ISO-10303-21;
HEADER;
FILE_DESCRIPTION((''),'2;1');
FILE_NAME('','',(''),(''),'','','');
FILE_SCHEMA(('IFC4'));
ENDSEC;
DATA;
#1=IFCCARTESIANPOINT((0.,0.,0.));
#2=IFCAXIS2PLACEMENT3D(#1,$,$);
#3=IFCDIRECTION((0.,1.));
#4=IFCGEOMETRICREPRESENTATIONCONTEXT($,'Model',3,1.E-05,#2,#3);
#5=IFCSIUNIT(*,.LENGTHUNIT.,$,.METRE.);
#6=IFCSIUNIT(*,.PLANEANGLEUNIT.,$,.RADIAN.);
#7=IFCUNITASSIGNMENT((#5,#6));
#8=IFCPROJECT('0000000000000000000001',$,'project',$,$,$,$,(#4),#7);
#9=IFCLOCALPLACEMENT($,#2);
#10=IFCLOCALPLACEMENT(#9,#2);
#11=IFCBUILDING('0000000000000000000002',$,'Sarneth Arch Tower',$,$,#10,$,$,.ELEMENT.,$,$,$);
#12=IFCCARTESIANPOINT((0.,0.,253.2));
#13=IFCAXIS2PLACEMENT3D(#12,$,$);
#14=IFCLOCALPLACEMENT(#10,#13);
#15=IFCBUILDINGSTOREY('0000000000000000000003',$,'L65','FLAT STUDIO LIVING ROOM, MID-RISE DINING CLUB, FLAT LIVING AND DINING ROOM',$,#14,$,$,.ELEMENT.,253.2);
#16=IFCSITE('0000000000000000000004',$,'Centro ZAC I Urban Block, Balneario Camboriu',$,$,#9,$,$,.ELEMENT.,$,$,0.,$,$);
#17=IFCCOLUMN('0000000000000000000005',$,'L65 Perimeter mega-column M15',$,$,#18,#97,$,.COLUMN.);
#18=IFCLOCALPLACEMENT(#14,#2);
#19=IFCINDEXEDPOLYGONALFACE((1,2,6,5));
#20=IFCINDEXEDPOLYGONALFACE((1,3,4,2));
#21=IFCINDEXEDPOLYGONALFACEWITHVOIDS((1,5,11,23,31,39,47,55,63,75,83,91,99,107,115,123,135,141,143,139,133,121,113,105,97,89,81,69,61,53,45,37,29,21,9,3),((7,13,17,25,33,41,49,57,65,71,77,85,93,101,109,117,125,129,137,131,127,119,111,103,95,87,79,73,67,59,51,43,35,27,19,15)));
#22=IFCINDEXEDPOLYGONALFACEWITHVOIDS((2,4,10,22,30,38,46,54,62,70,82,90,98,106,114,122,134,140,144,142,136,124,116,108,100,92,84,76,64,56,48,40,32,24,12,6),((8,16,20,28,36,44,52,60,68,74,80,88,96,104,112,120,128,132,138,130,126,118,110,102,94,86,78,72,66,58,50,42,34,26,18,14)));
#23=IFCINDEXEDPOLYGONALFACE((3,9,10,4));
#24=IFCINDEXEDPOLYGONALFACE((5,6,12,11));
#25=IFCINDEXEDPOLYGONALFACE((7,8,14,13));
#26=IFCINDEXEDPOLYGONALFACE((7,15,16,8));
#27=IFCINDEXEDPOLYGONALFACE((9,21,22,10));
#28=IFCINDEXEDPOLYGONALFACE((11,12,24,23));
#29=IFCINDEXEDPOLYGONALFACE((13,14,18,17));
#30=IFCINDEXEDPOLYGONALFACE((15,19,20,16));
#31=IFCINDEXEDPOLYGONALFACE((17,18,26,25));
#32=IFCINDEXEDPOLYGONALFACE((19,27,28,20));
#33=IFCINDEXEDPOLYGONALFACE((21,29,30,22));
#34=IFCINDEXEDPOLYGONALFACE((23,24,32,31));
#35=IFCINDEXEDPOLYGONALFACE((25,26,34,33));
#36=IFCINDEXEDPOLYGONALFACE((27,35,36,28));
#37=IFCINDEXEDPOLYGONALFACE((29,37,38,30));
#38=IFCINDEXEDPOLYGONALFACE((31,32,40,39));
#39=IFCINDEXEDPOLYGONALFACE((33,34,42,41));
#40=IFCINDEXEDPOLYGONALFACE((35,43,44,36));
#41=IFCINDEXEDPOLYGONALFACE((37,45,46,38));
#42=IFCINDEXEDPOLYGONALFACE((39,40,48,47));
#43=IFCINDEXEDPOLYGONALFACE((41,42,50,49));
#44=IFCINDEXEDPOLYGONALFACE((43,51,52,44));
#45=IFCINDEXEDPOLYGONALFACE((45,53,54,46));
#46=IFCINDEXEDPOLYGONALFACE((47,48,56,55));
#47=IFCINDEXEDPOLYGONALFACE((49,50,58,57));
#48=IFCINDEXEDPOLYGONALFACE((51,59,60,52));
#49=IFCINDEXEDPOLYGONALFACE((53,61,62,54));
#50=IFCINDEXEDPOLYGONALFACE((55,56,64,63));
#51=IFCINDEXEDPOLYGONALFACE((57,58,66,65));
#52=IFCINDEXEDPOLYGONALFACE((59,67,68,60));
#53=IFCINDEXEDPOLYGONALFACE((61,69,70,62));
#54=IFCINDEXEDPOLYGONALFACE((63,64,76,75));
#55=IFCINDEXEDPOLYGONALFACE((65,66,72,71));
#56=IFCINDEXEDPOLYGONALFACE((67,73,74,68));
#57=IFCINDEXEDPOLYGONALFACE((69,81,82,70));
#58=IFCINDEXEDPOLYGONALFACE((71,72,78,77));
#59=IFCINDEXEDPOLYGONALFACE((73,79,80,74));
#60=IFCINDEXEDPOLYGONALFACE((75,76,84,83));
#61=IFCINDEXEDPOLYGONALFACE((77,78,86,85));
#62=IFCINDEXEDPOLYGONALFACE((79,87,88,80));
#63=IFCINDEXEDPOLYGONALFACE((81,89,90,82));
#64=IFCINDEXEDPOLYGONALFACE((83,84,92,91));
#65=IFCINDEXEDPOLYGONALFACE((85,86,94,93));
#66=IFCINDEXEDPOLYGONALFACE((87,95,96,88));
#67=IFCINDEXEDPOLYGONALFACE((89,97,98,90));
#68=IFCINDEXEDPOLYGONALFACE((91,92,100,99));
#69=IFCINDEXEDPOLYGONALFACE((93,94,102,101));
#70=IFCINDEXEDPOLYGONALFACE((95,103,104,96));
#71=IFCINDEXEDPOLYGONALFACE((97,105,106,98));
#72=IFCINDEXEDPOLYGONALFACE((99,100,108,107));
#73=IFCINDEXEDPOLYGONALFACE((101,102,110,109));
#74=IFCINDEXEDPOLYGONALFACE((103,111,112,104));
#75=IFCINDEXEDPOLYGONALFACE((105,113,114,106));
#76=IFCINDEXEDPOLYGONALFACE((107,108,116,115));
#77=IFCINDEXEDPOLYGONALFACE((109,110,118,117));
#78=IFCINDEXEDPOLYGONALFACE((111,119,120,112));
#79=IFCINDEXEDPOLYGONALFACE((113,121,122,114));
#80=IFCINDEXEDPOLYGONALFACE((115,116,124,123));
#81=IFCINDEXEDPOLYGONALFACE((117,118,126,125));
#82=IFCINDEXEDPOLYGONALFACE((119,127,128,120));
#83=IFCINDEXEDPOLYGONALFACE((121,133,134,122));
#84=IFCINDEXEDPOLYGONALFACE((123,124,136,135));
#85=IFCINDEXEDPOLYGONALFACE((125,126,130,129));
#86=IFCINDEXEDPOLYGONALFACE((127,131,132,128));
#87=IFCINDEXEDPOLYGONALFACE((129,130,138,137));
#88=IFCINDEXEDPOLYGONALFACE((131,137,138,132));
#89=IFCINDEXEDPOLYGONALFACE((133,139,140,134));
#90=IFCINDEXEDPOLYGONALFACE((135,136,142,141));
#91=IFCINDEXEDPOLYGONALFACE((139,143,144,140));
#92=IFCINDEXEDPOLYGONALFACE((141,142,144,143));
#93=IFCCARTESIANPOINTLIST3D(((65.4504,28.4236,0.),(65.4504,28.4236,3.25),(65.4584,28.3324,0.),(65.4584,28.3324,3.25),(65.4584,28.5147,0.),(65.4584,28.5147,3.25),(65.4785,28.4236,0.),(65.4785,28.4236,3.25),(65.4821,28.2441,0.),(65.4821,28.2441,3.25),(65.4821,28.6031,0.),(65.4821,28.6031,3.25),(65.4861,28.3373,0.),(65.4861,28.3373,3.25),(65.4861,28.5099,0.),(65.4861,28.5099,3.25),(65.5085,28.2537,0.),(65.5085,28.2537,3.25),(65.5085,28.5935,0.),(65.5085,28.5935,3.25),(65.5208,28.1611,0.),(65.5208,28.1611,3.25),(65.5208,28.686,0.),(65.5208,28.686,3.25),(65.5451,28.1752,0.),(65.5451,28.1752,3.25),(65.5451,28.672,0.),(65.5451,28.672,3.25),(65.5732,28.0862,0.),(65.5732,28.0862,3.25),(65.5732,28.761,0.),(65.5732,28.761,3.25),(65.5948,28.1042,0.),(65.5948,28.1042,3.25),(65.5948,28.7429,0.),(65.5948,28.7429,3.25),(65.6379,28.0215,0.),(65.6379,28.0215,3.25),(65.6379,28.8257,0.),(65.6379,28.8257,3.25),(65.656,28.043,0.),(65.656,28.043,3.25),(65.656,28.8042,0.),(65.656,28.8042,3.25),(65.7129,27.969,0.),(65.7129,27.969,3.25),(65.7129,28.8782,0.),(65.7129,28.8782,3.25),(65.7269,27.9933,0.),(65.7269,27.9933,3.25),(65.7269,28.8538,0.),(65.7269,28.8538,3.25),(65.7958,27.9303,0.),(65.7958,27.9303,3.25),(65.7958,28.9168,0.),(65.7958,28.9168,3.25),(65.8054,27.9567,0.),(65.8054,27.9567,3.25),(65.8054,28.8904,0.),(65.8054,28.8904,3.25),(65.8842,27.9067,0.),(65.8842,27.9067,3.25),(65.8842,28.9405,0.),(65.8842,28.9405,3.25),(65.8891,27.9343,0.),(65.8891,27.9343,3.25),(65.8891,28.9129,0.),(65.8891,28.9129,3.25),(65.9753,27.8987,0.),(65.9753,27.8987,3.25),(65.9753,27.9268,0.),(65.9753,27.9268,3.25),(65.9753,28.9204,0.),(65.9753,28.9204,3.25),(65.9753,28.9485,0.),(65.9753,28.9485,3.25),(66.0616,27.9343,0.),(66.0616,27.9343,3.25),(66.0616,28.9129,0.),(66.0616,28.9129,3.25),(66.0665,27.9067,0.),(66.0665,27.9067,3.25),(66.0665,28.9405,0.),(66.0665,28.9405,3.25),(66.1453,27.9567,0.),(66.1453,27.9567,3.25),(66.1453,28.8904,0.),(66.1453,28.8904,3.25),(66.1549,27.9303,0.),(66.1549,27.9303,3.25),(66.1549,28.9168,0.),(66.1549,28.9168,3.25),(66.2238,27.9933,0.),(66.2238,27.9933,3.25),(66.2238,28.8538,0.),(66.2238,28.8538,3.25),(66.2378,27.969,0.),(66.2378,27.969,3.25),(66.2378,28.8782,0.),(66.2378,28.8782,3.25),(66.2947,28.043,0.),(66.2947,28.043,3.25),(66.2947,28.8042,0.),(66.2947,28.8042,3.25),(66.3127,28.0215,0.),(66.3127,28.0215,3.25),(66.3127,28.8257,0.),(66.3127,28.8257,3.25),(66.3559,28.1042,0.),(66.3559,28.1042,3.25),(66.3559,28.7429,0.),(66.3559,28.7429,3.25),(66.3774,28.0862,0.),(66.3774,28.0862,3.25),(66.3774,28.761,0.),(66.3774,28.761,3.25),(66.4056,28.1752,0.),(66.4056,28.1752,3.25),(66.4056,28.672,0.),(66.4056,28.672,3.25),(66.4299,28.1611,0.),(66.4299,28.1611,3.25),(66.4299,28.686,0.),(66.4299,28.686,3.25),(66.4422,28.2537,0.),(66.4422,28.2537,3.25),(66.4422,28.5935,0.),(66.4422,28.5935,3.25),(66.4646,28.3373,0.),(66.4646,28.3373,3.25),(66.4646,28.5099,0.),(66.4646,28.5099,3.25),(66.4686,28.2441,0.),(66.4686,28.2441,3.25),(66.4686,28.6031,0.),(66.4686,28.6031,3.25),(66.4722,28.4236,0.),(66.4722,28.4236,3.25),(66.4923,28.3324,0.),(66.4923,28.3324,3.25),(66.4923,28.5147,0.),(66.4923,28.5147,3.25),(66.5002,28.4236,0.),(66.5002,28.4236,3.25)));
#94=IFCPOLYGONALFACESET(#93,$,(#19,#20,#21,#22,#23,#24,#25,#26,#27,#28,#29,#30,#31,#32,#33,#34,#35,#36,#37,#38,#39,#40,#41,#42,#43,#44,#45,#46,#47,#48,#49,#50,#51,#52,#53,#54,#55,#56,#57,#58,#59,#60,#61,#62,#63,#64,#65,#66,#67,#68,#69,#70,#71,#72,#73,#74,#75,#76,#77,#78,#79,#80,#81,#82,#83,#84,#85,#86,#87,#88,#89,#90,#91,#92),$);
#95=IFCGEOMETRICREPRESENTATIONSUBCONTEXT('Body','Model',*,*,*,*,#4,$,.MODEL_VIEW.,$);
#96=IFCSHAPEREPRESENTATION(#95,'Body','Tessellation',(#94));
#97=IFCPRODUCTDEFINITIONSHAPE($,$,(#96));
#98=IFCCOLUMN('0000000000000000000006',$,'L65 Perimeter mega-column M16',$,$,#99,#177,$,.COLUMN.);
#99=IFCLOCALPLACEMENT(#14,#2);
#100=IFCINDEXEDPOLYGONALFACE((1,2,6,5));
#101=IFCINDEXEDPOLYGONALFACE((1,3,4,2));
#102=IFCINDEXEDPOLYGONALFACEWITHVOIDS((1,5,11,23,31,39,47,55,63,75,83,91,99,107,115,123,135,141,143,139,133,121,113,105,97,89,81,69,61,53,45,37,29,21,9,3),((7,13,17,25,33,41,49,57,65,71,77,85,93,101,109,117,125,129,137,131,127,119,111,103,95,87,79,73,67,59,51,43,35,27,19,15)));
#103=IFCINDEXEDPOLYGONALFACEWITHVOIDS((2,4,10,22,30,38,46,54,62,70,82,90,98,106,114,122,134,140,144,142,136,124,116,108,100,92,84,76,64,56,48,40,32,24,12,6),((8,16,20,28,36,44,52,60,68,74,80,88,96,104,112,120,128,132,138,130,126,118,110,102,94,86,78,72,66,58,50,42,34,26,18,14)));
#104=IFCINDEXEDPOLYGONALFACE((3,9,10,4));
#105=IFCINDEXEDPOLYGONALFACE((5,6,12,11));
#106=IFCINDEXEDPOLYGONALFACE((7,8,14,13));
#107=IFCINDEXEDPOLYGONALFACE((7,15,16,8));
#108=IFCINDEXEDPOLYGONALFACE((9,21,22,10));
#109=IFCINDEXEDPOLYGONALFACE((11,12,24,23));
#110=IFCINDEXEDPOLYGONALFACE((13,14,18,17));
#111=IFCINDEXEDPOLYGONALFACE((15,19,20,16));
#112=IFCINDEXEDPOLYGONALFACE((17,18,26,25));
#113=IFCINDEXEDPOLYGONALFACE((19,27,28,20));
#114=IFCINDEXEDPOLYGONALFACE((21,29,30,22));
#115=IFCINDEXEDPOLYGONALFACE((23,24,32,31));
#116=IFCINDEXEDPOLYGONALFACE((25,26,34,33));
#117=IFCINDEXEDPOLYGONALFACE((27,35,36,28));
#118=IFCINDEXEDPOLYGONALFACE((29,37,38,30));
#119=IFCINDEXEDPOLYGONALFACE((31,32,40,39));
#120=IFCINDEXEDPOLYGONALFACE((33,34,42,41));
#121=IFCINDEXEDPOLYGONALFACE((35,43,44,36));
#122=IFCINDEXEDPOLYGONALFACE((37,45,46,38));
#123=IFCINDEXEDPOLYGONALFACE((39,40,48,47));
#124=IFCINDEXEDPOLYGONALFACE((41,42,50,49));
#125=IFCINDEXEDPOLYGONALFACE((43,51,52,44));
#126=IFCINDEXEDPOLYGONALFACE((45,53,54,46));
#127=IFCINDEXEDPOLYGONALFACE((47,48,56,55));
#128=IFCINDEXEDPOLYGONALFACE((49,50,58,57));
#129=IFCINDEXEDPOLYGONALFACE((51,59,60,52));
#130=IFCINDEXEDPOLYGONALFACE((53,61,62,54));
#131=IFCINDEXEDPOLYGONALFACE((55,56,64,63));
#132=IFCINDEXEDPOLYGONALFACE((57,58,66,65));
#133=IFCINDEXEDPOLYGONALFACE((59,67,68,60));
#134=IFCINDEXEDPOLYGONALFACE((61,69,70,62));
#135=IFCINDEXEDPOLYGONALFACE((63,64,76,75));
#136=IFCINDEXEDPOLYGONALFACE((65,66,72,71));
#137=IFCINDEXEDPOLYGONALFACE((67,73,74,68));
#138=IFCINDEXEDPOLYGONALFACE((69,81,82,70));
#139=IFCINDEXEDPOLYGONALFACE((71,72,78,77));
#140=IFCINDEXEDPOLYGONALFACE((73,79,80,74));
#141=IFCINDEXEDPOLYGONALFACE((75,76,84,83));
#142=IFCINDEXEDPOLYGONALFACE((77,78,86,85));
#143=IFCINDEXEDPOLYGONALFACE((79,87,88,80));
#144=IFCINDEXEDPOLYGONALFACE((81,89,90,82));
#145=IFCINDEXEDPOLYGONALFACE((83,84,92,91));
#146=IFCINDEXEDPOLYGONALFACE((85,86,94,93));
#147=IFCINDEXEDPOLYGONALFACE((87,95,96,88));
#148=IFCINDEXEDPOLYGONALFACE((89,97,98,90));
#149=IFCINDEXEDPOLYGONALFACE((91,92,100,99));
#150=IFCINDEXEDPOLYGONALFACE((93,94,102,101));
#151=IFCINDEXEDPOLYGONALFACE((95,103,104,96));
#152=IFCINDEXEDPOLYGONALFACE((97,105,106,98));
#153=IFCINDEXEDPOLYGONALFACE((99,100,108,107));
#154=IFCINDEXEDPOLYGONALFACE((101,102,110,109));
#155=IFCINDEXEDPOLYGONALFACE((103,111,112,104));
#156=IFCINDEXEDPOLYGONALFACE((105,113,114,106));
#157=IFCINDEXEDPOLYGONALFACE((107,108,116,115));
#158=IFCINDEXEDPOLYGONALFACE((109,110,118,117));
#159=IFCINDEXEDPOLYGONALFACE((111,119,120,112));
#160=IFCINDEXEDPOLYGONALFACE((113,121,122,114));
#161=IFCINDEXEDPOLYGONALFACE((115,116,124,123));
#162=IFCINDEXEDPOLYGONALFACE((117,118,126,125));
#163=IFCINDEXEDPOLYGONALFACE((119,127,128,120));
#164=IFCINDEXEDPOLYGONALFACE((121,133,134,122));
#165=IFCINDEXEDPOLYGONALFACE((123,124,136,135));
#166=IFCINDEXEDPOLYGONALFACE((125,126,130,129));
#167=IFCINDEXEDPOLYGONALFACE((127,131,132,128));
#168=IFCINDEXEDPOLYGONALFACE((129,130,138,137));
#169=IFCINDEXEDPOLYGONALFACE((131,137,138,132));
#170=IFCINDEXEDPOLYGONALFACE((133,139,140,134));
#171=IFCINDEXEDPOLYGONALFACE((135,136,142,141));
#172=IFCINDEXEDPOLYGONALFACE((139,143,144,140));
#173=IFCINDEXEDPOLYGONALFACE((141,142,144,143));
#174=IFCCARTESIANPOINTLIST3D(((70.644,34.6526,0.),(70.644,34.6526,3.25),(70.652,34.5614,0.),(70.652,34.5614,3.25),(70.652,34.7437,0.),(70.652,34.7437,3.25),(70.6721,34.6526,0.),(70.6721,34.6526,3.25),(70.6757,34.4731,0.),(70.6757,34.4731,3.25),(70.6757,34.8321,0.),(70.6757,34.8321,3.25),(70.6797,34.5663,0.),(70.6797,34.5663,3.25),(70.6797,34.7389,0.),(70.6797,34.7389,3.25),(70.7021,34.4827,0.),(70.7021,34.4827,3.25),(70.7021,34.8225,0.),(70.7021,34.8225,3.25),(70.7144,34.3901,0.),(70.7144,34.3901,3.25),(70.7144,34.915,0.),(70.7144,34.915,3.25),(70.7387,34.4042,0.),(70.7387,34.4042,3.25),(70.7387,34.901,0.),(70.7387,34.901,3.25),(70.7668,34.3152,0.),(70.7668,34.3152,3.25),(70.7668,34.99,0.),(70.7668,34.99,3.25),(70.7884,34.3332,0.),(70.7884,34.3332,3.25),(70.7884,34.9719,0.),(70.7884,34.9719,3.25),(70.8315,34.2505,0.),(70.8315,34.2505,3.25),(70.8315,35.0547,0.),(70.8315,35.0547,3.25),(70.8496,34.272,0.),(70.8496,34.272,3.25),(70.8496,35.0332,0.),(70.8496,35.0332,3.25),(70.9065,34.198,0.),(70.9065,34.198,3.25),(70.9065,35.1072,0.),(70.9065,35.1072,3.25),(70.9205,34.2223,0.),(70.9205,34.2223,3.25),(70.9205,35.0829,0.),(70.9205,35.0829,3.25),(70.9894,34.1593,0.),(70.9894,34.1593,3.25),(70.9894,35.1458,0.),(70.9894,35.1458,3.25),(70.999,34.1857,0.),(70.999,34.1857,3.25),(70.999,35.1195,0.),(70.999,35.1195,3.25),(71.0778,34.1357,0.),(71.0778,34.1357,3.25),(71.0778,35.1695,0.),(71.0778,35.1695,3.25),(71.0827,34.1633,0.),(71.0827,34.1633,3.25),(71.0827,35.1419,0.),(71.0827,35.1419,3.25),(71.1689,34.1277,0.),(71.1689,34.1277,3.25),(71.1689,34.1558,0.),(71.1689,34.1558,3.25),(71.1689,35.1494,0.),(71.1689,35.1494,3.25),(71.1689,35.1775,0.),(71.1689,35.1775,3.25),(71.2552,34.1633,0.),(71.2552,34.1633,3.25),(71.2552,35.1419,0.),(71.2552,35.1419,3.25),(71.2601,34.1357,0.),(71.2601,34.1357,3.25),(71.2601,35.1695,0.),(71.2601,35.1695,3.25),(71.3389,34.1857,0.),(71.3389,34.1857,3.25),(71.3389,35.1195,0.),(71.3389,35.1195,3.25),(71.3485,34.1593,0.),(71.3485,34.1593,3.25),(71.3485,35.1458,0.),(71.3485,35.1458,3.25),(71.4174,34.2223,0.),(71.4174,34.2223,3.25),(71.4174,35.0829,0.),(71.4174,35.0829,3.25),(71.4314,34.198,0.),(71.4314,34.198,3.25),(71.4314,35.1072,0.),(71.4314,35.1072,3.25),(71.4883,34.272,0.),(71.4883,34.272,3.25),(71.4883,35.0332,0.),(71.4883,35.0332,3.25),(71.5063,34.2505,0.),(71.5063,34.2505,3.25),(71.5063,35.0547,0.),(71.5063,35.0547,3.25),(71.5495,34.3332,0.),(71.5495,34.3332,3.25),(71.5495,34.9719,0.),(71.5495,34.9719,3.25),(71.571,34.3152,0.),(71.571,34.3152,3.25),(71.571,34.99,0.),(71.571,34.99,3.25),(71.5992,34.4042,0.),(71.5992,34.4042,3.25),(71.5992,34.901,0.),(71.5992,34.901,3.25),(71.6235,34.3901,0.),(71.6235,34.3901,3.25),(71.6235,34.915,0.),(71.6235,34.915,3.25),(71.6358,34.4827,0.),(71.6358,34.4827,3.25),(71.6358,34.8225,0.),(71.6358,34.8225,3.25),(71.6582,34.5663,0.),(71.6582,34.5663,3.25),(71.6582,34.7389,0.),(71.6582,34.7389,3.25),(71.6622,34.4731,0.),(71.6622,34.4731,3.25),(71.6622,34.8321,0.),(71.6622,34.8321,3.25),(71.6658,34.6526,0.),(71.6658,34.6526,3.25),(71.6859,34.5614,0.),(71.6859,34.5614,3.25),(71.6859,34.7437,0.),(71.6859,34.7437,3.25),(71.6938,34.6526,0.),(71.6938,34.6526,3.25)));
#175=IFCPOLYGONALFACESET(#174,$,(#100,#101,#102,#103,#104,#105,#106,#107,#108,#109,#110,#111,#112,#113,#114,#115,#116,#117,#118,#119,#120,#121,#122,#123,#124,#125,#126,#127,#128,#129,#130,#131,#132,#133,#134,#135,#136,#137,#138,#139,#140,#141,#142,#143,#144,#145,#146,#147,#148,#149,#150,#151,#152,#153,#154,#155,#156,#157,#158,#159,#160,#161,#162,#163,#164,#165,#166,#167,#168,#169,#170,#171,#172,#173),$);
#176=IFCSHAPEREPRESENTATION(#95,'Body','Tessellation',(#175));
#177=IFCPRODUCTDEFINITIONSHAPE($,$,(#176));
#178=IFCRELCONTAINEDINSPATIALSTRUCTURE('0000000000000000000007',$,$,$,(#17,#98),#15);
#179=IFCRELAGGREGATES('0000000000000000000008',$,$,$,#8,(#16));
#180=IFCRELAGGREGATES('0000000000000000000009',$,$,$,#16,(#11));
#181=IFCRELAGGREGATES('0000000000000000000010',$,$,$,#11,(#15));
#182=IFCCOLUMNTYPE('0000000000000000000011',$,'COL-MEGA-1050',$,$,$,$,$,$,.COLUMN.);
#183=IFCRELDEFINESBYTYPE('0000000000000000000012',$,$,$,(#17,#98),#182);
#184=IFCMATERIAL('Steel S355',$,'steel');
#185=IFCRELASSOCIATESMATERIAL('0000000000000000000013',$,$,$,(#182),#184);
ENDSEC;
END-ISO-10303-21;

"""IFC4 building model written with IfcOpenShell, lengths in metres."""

from ifc_helpers import new_model, si_unit, direction, frame, origin, origin_2d, place, context, subcontext, project, spatial, hollow_circle, extrude, material, material_profile, profile_set, type_object, element, save


model = new_model("IFC4")

# Units and contexts
model_context = context("Model", 3, precision=1e-05, world=origin(), true_north=direction((0.0, 1.0)))
body_context = subcontext(model_context, "Body", "Model", "MODEL_VIEW")
ifc_project = project(units=[si_unit("LENGTHUNIT", "METRE"), si_unit("PLANEANGLEUNIT", "RADIAN")], contexts=[model_context])

# Site, building, storey
site_placement = place(None, origin())
site = spatial("IfcSite", under=ifc_project, at=site_placement, Name="Centro ZAC I Urban Block, Balneario Camboriu", CompositionType="ELEMENT", RefElevation=0.0)
building_placement = place(site_placement, origin())
building = spatial("IfcBuilding", under=site, at=building_placement, Name="Sarneth Arch Tower", CompositionType="ELEMENT")
storey_placement = place(building_placement, frame((0.0, 0.0, 253.2)))
storey = spatial("IfcBuildingStorey", under=building, at=storey_placement, Name="L65", Description="FLAT STUDIO LIVING ROOM, MID-RISE DINING CLUB, FLAT LIVING AND DINING ROOM", CompositionType="ELEMENT", Elevation=253.2)

# Columns
ifc_material_1 = material(Name="Steel S355", Category="steel")
ifc_material_profile_1 = material_profile(ifc_material_1, hollow_circle(Radius=0.5249, WallThickness=0.0281, at=origin_2d()), Name="CHS1050x28")
ifc_profile_set_1 = profile_set([ifc_material_profile_1], Name="Steel S355")
column_type = type_object("IfcColumnType", Name="COL-MEGA-1050", PredefinedType="COLUMN", material=ifc_profile_set_1)
for number, where, z_axis, x_axis, name in (
    (1, (65.9753, 28.4236, 0.0), (0.0, 0.0, 1.0), (1.0, 0.0, 0.0), "L65 Perimeter mega-column M15"),
    (2, (71.1689, 34.6526, 0.0), (0.0, 0.0, 1.0), (1.0, 0.0, 0.0), "L65 Perimeter mega-column M16"),
):
    element("IfcColumn", number, at=place(storey_placement, frame(where, z_axis=z_axis, x_axis=x_axis)), inside=storey, type_object=column_type, Name=name, PredefinedType="COLUMN", context=body_context, shape_type="SweptSolid", body=[
        extrude(hollow_circle(Radius=0.5249, WallThickness=0.0281, at=origin_2d()), origin(), (0.0, 0.0, 1.0), 3.25),
    ])

save(model, "model.ifc")
